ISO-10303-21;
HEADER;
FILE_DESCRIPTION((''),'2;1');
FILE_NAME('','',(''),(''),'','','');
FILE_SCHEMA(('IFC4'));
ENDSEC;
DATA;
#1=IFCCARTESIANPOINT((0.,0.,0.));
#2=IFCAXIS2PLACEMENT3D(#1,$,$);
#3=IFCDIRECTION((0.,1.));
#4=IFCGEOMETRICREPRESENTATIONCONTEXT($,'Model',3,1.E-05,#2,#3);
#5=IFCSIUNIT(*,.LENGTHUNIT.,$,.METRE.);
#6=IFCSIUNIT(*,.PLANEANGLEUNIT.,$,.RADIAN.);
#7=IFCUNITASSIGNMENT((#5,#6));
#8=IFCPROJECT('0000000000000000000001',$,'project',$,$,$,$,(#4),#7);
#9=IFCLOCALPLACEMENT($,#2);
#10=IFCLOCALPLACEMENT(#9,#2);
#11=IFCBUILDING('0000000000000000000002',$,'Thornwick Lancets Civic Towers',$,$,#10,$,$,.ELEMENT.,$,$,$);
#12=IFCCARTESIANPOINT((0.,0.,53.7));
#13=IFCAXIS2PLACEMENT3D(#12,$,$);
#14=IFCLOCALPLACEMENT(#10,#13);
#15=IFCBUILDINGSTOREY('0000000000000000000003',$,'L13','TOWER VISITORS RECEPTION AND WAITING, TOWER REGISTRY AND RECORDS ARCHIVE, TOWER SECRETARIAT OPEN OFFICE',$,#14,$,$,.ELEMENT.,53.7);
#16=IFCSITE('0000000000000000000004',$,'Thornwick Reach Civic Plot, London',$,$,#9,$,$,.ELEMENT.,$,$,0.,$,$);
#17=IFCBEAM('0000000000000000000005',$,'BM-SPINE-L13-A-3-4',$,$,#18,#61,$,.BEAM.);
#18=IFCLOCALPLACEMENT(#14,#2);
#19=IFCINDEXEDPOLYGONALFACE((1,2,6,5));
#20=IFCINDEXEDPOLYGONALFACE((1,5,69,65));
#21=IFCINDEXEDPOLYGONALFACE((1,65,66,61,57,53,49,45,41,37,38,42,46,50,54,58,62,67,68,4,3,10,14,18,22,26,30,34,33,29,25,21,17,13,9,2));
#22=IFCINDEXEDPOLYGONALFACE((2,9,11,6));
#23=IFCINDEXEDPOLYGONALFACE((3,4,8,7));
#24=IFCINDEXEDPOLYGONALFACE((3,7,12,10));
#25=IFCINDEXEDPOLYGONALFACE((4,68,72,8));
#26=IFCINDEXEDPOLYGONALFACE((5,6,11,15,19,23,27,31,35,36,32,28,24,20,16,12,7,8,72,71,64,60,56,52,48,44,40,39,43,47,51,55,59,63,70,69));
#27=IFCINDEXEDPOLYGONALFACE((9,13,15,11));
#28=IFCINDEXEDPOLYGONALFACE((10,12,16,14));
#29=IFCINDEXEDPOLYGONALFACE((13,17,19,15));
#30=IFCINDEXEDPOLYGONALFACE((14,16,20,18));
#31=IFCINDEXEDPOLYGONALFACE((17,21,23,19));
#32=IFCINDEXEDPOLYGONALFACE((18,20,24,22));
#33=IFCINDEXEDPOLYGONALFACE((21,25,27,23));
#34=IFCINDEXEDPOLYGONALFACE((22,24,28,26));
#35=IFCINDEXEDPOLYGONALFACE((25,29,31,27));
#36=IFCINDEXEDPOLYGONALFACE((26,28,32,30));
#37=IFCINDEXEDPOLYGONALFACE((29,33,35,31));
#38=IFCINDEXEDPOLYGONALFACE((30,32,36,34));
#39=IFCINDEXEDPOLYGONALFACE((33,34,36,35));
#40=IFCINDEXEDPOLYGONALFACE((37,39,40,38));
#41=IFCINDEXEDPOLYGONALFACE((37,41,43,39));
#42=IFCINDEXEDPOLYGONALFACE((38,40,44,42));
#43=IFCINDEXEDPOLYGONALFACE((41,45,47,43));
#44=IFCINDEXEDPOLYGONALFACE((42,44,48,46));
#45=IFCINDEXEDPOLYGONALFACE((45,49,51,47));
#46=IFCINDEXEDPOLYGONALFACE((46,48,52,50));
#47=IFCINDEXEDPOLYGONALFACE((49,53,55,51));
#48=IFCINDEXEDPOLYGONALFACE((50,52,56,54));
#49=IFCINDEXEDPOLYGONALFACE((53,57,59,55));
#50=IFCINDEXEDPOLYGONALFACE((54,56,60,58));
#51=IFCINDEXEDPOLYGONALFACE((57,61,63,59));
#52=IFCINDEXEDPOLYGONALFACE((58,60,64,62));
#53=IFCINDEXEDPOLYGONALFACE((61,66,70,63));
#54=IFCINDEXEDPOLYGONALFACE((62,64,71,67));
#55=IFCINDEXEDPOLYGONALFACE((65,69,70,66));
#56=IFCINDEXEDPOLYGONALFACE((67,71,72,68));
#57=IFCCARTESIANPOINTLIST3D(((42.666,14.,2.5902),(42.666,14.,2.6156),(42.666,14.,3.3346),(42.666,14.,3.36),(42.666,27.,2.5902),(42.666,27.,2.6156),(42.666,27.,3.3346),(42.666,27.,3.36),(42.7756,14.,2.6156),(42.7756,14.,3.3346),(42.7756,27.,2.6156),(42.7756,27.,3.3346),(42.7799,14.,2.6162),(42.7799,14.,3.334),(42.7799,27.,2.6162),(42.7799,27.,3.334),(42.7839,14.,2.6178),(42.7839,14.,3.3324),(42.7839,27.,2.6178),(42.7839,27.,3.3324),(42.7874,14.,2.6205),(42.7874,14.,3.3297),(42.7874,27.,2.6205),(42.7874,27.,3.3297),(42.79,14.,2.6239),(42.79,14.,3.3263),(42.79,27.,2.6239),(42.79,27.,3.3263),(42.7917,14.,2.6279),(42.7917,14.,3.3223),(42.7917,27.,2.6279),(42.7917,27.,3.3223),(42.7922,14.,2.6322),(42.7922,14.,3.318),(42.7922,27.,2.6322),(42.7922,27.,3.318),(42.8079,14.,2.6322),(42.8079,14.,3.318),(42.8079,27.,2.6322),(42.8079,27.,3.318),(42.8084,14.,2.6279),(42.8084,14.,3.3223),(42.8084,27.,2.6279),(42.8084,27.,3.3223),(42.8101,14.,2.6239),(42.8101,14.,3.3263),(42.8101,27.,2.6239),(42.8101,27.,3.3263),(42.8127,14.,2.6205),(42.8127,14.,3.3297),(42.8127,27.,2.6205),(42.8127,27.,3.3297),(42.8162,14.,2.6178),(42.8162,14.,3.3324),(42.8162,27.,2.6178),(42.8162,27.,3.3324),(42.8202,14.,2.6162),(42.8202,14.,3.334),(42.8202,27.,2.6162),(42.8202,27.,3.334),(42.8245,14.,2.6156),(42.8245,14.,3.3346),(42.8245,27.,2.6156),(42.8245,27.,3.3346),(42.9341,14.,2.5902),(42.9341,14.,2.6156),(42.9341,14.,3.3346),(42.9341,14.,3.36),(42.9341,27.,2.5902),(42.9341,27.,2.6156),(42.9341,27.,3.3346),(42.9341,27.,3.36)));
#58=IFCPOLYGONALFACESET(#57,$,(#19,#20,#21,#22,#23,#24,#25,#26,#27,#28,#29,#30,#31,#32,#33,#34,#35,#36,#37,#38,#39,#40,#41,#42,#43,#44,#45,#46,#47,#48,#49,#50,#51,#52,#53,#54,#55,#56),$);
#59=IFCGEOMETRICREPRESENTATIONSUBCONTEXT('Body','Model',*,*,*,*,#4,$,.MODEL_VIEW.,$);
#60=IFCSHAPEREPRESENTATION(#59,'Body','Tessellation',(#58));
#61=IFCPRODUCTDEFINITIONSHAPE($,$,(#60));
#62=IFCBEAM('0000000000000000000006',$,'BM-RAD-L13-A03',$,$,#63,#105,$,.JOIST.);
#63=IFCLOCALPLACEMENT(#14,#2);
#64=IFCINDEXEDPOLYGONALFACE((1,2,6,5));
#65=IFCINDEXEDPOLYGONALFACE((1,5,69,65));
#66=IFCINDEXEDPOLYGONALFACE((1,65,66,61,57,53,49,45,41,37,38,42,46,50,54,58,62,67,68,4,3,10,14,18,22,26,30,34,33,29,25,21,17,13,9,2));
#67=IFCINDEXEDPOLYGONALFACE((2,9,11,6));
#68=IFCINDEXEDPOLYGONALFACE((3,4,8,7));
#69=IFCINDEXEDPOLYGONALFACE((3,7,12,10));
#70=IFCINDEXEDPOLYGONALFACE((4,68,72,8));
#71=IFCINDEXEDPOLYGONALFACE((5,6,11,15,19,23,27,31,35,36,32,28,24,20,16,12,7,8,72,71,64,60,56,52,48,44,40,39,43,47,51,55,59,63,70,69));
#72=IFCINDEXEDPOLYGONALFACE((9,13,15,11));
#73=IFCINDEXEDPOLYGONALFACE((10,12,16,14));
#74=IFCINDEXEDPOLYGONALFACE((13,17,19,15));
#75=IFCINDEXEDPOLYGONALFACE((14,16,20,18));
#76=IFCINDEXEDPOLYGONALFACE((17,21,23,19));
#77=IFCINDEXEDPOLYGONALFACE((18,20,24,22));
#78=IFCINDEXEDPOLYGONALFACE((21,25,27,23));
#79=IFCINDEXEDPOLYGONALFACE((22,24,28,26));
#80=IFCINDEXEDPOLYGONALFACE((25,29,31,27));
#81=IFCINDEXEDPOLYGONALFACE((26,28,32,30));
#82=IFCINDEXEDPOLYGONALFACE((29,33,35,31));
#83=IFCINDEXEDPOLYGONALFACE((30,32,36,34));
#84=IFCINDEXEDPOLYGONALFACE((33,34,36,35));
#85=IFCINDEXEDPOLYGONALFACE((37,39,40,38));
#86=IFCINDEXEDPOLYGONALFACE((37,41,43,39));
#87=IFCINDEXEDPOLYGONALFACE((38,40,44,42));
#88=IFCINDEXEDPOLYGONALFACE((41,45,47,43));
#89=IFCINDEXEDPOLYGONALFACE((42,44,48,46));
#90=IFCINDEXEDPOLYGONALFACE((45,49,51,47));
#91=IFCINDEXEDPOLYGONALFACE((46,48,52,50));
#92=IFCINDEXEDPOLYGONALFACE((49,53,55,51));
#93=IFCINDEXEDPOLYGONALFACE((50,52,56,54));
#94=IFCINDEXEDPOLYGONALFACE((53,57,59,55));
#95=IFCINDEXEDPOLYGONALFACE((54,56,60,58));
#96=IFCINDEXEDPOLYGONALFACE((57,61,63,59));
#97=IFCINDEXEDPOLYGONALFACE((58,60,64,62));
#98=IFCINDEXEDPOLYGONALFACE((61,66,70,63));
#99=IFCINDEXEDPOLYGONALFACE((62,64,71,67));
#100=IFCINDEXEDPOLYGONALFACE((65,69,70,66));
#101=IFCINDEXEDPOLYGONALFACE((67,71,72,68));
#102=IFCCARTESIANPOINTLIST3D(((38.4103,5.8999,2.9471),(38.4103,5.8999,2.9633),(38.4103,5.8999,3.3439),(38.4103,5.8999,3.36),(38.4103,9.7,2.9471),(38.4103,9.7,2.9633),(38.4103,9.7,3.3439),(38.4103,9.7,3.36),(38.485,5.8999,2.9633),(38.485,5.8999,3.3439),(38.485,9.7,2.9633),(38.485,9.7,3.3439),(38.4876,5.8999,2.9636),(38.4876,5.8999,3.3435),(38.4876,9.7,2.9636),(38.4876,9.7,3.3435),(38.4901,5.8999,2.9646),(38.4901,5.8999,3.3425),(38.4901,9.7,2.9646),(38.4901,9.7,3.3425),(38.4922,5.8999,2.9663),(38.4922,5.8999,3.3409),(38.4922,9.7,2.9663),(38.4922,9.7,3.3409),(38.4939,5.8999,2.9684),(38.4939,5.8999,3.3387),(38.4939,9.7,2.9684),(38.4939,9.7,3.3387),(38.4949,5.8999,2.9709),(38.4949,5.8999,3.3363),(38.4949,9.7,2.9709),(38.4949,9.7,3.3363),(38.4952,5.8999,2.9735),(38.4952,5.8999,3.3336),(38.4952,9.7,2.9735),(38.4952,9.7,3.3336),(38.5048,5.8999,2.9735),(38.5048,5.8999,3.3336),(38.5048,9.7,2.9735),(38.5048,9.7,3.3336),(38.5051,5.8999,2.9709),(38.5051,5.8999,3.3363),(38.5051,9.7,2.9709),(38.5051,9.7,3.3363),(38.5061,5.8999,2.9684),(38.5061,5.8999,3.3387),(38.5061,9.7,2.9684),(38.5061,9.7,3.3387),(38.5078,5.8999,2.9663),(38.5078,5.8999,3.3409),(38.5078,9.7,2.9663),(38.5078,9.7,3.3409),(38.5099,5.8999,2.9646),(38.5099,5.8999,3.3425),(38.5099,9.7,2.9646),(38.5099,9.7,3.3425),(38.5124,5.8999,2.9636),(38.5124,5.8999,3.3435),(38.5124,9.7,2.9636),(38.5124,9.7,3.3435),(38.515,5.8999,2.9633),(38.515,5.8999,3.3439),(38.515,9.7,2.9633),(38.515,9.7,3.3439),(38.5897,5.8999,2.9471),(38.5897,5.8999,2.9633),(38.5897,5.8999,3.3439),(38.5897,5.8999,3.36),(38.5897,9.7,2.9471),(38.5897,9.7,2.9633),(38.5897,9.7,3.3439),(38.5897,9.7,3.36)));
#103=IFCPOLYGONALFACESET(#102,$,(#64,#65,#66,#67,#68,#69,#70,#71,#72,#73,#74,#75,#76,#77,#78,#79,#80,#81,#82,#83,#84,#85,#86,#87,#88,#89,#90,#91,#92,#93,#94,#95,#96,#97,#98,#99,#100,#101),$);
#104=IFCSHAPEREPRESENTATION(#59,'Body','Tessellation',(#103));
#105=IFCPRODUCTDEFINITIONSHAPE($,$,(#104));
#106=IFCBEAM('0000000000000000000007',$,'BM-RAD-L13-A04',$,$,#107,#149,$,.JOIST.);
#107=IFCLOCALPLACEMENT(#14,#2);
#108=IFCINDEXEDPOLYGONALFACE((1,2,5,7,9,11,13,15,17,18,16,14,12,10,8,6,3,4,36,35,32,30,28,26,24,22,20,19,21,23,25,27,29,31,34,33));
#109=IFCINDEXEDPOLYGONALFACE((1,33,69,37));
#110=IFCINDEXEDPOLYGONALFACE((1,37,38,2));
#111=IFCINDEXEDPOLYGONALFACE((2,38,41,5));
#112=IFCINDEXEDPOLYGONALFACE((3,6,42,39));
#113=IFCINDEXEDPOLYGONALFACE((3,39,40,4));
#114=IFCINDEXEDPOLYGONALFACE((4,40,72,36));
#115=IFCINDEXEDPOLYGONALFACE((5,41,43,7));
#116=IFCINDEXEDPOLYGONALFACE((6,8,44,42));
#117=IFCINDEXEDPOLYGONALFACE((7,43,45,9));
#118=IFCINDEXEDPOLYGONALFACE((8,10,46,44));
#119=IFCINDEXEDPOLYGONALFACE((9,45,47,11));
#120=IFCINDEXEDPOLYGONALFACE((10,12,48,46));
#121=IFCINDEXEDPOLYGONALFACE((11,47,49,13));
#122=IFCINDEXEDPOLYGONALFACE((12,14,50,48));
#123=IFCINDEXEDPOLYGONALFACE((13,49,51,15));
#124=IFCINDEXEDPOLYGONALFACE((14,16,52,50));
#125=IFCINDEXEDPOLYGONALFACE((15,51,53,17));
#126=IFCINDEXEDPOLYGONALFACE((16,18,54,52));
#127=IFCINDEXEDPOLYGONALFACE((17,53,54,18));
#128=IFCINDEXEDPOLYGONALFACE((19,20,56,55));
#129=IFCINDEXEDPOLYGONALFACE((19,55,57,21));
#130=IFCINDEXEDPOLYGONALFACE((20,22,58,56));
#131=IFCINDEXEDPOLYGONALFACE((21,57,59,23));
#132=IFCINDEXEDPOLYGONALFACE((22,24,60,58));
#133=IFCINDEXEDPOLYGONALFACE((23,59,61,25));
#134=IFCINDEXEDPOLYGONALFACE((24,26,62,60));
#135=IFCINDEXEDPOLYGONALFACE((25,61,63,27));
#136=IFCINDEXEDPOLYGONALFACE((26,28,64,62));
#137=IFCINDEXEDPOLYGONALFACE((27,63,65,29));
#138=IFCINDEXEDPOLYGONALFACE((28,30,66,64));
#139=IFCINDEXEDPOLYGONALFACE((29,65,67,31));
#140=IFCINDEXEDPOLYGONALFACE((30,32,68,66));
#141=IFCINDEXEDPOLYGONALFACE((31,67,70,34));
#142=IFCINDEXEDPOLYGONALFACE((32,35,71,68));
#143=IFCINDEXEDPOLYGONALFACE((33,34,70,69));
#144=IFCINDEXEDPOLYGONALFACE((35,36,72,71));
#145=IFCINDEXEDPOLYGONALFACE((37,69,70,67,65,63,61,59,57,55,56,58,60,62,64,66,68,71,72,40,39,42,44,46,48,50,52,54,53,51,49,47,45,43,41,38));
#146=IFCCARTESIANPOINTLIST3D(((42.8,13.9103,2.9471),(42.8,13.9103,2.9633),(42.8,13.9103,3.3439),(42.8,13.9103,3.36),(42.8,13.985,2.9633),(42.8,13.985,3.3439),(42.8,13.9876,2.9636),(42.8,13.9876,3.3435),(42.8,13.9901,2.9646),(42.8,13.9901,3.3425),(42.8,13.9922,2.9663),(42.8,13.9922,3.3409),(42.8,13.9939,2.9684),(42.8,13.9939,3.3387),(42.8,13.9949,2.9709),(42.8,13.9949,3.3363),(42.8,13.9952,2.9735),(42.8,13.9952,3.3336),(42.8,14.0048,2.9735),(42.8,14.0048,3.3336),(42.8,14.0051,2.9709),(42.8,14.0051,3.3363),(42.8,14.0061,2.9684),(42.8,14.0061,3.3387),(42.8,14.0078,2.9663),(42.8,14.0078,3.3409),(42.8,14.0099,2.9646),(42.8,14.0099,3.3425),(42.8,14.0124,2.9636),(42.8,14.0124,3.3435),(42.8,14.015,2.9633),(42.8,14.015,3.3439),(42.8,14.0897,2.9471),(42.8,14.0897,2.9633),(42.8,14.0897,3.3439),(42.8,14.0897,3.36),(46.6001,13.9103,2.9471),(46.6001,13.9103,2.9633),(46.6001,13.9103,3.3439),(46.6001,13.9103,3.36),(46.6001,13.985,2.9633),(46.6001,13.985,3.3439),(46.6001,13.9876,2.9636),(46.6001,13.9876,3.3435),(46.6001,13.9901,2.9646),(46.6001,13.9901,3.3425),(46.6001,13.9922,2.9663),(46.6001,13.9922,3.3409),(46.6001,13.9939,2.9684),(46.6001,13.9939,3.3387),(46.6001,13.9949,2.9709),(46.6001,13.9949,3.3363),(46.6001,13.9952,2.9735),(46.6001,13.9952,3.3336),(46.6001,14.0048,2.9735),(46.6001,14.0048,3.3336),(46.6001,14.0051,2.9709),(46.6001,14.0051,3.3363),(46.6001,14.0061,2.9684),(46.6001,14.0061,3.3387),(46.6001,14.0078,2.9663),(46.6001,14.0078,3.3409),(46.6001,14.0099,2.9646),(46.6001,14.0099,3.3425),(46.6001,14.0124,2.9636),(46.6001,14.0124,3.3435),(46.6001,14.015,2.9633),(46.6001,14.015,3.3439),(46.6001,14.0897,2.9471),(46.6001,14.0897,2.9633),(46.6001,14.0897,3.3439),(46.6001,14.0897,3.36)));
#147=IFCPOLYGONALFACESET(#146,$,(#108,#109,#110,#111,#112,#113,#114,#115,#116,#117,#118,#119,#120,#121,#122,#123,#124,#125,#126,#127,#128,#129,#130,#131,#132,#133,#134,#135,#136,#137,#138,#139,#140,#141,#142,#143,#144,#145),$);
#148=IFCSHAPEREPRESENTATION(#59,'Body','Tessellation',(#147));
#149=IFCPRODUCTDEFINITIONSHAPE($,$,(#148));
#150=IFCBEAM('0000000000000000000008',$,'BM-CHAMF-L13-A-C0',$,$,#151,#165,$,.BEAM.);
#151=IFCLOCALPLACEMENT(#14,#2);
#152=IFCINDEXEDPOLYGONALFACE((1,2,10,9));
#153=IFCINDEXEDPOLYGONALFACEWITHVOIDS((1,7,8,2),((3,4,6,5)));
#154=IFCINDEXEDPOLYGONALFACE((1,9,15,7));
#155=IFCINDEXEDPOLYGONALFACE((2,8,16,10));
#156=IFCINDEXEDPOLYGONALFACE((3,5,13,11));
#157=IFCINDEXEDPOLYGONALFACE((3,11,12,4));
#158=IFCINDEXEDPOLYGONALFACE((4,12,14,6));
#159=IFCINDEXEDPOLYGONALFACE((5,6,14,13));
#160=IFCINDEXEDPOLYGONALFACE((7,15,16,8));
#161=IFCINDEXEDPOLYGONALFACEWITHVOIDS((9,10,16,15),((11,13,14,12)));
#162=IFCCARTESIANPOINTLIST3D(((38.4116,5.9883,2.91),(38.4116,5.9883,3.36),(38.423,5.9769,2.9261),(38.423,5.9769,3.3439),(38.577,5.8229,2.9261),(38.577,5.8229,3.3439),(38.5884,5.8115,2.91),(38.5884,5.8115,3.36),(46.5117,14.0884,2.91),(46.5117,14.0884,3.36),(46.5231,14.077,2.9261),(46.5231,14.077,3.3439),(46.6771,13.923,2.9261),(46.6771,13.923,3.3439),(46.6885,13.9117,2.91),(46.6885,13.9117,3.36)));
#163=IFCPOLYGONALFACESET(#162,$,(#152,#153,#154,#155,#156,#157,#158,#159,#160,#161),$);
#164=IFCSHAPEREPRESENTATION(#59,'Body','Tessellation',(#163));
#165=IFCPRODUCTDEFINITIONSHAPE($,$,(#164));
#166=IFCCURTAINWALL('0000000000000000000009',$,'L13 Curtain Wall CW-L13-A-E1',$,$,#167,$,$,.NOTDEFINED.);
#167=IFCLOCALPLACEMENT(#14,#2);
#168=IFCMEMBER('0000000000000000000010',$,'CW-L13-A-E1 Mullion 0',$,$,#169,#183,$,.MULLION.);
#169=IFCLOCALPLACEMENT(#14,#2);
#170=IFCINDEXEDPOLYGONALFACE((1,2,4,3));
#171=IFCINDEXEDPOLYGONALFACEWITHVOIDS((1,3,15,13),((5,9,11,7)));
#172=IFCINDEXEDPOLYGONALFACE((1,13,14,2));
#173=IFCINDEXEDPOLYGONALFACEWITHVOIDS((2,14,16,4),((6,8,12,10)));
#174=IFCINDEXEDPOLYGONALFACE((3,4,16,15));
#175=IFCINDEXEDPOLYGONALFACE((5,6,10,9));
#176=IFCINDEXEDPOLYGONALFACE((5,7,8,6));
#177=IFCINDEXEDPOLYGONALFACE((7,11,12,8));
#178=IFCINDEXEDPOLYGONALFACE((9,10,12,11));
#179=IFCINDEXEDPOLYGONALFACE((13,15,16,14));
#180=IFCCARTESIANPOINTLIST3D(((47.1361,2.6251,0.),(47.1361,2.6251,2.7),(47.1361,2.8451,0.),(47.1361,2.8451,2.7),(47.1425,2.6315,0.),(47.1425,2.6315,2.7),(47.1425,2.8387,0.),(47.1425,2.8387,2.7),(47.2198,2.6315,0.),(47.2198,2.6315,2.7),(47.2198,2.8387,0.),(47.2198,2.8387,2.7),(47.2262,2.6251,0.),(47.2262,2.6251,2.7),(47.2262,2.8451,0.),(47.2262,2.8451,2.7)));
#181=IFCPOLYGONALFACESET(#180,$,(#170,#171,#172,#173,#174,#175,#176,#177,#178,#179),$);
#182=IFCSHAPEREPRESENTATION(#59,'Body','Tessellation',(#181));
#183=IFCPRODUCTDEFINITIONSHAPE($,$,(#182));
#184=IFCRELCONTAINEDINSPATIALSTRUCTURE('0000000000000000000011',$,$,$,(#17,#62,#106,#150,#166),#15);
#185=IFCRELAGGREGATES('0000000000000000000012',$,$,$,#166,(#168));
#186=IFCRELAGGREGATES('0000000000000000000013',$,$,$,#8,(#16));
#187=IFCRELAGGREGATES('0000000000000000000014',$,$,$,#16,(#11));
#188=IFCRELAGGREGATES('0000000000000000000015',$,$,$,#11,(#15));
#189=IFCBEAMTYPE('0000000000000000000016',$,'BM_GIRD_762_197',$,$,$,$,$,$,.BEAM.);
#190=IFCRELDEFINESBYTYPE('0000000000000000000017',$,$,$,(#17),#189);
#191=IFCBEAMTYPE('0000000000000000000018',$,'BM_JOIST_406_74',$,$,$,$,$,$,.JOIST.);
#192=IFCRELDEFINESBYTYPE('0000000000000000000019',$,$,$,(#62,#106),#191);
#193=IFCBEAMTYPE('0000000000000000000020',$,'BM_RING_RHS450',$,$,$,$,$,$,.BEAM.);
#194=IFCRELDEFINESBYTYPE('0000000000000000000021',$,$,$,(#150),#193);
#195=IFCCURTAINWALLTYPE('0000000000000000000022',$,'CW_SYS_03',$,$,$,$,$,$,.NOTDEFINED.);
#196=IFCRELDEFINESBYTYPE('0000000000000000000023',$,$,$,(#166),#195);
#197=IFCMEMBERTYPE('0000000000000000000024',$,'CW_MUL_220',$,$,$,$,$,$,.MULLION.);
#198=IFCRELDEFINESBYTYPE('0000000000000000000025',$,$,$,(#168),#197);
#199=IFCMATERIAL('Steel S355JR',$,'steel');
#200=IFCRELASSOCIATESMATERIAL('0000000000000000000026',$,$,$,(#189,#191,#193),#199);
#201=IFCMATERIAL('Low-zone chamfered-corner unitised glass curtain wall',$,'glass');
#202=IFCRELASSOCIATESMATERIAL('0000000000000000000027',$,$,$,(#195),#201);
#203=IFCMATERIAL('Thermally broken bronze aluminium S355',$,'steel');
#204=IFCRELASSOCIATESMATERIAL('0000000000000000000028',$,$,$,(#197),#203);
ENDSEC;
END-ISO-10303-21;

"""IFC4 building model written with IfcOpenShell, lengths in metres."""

from ifc_helpers import new_model, si_unit, direction, frame, origin, origin_2d, place, context, subcontext, project, spatial, hollow_rectangle, i_section, extrude, material, material_profile, profile_set, type_object, element, aggregate, save


model = new_model("IFC4")

# Units and contexts
model_context = context("Model", 3, precision=1e-05, world=origin(), true_north=direction((0.0, 1.0)))
body_context = subcontext(model_context, "Body", "Model", "MODEL_VIEW")
ifc_project = project(units=[si_unit("LENGTHUNIT", "METRE"), si_unit("PLANEANGLEUNIT", "RADIAN")], contexts=[model_context])

# Site, building, storey
site_placement = place(None, origin())
site = spatial("IfcSite", under=ifc_project, at=site_placement, Name="Thornwick Reach Civic Plot, London", CompositionType="ELEMENT", RefElevation=0.0)
building_placement = place(site_placement, origin())
building = spatial("IfcBuilding", under=site, at=building_placement, Name="Thornwick Lancets Civic Towers", CompositionType="ELEMENT")
storey_placement = place(building_placement, frame((0.0, 0.0, 53.7)))
storey = spatial("IfcBuildingStorey", under=building, at=storey_placement, Name="L13", Description="TOWER VISITORS RECEPTION AND WAITING, TOWER REGISTRY AND RECORDS ARCHIVE, TOWER SECRETARIAT OPEN OFFICE", CompositionType="ELEMENT", Elevation=53.7)

# Beams
ifc_material_1 = material(Name="Steel S355JR", Category="steel")
ifc_material_profile_1 = material_profile(ifc_material_1, i_section(OverallWidth=0.2681, OverallDepth=0.7698, WebThickness=0.0156, FlangeThickness=0.0254, FilletRadius=0.0166, at=origin_2d()), Name="UKB 762x267x197")
ifc_profile_set_1 = profile_set([ifc_material_profile_1], Name="Steel S355JR")
beam_type_1 = type_object("IfcBeamType", Name="BM_GIRD_762_197", PredefinedType="BEAM", material=ifc_profile_set_1)
beam_1_placement = place(storey_placement, frame((42.8, 14.0, 2.9751), z_axis=(0.0, 1.0, 0.0), x_axis=(-1.0, 0.0, 0.0)))
element("IfcBeam", 1, at=beam_1_placement, inside=storey, type_object=beam_type_1, Name="BM-SPINE-L13-A-3-4", PredefinedType="BEAM", context=body_context, shape_type="SweptSolid", body=[
    extrude(i_section(OverallWidth=0.2681, OverallDepth=0.7698, WebThickness=0.0156, FlangeThickness=0.0254, FilletRadius=0.0166, at=origin_2d()), origin(), (0.0, 0.0, 1.0), 13.0),
])
ifc_material_profile_2 = material_profile(ifc_material_1, i_section(OverallWidth=0.1794, OverallDepth=0.4128, WebThickness=0.0095, FlangeThickness=0.0161, FilletRadius=0.0103, at=origin_2d()), Name="UKB 406x178x74")
ifc_profile_set_2 = profile_set([ifc_material_profile_2], Name="Steel S355JR")
beam_type_2 = type_object("IfcBeamType", Name="BM_JOIST_406_74", PredefinedType="JOIST", material=ifc_profile_set_2)
for number, where, z_axis, x_axis, name in (
    (2, (38.5, 9.7, 3.1536), (0.0, -1.0, 0.0), (1.0, 0.0, 0.0), "BM-RAD-L13-A03"),
    (3, (42.8, 14.0, 3.1536), (1.0, 0.0, 0.0), (0.0, 1.0, 0.0), "BM-RAD-L13-A04"),
):
    element("IfcBeam", number, at=place(storey_placement, frame(where, z_axis=z_axis, x_axis=x_axis)), inside=storey, type_object=beam_type_2, Name=name, PredefinedType="JOIST", context=body_context, shape_type="SweptSolid", body=[
        extrude(i_section(OverallWidth=0.1794, OverallDepth=0.4128, WebThickness=0.0095, FlangeThickness=0.0161, FilletRadius=0.0103, at=origin_2d()), origin(), (0.0, 0.0, 1.0), 3.8),
    ])
ifc_material_profile_3 = material_profile(ifc_material_1, hollow_rectangle(XDim=0.25, YDim=0.45, WallThickness=0.0161, at=origin_2d()), Name="RHS 450x250x16")
ifc_profile_set_3 = profile_set([ifc_material_profile_3], Name="Steel S355JR")
beam_type_3 = type_object("IfcBeamType", Name="BM_RING_RHS450", PredefinedType="BEAM", material=ifc_profile_set_3)
beam_2_placement = place(storey_placement, frame((38.5, 5.8999, 3.135), z_axis=(0.707107, 0.707107, 0.0), x_axis=(-0.707107, 0.707107, 0.0)))
element("IfcBeam", 4, at=beam_2_placement, inside=storey, type_object=beam_type_3, Name="BM-CHAMF-L13-A-C0", PredefinedType="BEAM", context=body_context, shape_type="SweptSolid", body=[
    extrude(hollow_rectangle(XDim=0.25, YDim=0.45, WallThickness=0.0161, at=origin_2d()), origin(), (0.0, 0.0, 1.0), 11.4553),
])

# Curtain wall, member
ifc_material_2 = material(Name="Low-zone chamfered-corner unitised glass curtain wall", Category="glass")
curtain_wall_type = type_object("IfcCurtainWallType", Name="CW_SYS_03", PredefinedType="NOTDEFINED", material=ifc_material_2)
curtain_wall_placement = place(storey_placement, origin())
curtain_wall = element("IfcCurtainWall", 5, at=curtain_wall_placement, inside=storey, type_object=curtain_wall_type, Name="L13 Curtain Wall CW-L13-A-E1", PredefinedType="NOTDEFINED")
ifc_material_3 = material(Name="Thermally broken bronze aluminium S355", Category="steel")
ifc_material_profile_4 = material_profile(ifc_material_3, hollow_rectangle(XDim=0.0901, YDim=0.22, WallThickness=0.0063, at=origin_2d()), Name="RHS 220x90x6.3")
ifc_profile_set_4 = profile_set([ifc_material_profile_4], Name="Thermally broken bronze aluminium S355")
member_type_1 = type_object("IfcMemberType", Name="CW_MUL_220", PredefinedType="MULLION", material=ifc_profile_set_4)
member_1_placement = place(storey_placement, frame((47.1812, 2.7351, 0.0), z_axis=(0.0, 0.0, 1.0), x_axis=(1.0, 0.0, 0.0)))
member_1 = element("IfcMember", 6, at=member_1_placement, type_object=member_type_1, Name="CW-L13-A-E1 Mullion 0", PredefinedType="MULLION", context=body_context, shape_type="SweptSolid", body=[
    extrude(hollow_rectangle(XDim=0.0901, YDim=0.22, WallThickness=0.0063, at=origin_2d()), origin(), (0.0, 0.0, 1.0), 2.7),
])
aggregate(curtain_wall, [member_1])

save(model, "model.ifc")
